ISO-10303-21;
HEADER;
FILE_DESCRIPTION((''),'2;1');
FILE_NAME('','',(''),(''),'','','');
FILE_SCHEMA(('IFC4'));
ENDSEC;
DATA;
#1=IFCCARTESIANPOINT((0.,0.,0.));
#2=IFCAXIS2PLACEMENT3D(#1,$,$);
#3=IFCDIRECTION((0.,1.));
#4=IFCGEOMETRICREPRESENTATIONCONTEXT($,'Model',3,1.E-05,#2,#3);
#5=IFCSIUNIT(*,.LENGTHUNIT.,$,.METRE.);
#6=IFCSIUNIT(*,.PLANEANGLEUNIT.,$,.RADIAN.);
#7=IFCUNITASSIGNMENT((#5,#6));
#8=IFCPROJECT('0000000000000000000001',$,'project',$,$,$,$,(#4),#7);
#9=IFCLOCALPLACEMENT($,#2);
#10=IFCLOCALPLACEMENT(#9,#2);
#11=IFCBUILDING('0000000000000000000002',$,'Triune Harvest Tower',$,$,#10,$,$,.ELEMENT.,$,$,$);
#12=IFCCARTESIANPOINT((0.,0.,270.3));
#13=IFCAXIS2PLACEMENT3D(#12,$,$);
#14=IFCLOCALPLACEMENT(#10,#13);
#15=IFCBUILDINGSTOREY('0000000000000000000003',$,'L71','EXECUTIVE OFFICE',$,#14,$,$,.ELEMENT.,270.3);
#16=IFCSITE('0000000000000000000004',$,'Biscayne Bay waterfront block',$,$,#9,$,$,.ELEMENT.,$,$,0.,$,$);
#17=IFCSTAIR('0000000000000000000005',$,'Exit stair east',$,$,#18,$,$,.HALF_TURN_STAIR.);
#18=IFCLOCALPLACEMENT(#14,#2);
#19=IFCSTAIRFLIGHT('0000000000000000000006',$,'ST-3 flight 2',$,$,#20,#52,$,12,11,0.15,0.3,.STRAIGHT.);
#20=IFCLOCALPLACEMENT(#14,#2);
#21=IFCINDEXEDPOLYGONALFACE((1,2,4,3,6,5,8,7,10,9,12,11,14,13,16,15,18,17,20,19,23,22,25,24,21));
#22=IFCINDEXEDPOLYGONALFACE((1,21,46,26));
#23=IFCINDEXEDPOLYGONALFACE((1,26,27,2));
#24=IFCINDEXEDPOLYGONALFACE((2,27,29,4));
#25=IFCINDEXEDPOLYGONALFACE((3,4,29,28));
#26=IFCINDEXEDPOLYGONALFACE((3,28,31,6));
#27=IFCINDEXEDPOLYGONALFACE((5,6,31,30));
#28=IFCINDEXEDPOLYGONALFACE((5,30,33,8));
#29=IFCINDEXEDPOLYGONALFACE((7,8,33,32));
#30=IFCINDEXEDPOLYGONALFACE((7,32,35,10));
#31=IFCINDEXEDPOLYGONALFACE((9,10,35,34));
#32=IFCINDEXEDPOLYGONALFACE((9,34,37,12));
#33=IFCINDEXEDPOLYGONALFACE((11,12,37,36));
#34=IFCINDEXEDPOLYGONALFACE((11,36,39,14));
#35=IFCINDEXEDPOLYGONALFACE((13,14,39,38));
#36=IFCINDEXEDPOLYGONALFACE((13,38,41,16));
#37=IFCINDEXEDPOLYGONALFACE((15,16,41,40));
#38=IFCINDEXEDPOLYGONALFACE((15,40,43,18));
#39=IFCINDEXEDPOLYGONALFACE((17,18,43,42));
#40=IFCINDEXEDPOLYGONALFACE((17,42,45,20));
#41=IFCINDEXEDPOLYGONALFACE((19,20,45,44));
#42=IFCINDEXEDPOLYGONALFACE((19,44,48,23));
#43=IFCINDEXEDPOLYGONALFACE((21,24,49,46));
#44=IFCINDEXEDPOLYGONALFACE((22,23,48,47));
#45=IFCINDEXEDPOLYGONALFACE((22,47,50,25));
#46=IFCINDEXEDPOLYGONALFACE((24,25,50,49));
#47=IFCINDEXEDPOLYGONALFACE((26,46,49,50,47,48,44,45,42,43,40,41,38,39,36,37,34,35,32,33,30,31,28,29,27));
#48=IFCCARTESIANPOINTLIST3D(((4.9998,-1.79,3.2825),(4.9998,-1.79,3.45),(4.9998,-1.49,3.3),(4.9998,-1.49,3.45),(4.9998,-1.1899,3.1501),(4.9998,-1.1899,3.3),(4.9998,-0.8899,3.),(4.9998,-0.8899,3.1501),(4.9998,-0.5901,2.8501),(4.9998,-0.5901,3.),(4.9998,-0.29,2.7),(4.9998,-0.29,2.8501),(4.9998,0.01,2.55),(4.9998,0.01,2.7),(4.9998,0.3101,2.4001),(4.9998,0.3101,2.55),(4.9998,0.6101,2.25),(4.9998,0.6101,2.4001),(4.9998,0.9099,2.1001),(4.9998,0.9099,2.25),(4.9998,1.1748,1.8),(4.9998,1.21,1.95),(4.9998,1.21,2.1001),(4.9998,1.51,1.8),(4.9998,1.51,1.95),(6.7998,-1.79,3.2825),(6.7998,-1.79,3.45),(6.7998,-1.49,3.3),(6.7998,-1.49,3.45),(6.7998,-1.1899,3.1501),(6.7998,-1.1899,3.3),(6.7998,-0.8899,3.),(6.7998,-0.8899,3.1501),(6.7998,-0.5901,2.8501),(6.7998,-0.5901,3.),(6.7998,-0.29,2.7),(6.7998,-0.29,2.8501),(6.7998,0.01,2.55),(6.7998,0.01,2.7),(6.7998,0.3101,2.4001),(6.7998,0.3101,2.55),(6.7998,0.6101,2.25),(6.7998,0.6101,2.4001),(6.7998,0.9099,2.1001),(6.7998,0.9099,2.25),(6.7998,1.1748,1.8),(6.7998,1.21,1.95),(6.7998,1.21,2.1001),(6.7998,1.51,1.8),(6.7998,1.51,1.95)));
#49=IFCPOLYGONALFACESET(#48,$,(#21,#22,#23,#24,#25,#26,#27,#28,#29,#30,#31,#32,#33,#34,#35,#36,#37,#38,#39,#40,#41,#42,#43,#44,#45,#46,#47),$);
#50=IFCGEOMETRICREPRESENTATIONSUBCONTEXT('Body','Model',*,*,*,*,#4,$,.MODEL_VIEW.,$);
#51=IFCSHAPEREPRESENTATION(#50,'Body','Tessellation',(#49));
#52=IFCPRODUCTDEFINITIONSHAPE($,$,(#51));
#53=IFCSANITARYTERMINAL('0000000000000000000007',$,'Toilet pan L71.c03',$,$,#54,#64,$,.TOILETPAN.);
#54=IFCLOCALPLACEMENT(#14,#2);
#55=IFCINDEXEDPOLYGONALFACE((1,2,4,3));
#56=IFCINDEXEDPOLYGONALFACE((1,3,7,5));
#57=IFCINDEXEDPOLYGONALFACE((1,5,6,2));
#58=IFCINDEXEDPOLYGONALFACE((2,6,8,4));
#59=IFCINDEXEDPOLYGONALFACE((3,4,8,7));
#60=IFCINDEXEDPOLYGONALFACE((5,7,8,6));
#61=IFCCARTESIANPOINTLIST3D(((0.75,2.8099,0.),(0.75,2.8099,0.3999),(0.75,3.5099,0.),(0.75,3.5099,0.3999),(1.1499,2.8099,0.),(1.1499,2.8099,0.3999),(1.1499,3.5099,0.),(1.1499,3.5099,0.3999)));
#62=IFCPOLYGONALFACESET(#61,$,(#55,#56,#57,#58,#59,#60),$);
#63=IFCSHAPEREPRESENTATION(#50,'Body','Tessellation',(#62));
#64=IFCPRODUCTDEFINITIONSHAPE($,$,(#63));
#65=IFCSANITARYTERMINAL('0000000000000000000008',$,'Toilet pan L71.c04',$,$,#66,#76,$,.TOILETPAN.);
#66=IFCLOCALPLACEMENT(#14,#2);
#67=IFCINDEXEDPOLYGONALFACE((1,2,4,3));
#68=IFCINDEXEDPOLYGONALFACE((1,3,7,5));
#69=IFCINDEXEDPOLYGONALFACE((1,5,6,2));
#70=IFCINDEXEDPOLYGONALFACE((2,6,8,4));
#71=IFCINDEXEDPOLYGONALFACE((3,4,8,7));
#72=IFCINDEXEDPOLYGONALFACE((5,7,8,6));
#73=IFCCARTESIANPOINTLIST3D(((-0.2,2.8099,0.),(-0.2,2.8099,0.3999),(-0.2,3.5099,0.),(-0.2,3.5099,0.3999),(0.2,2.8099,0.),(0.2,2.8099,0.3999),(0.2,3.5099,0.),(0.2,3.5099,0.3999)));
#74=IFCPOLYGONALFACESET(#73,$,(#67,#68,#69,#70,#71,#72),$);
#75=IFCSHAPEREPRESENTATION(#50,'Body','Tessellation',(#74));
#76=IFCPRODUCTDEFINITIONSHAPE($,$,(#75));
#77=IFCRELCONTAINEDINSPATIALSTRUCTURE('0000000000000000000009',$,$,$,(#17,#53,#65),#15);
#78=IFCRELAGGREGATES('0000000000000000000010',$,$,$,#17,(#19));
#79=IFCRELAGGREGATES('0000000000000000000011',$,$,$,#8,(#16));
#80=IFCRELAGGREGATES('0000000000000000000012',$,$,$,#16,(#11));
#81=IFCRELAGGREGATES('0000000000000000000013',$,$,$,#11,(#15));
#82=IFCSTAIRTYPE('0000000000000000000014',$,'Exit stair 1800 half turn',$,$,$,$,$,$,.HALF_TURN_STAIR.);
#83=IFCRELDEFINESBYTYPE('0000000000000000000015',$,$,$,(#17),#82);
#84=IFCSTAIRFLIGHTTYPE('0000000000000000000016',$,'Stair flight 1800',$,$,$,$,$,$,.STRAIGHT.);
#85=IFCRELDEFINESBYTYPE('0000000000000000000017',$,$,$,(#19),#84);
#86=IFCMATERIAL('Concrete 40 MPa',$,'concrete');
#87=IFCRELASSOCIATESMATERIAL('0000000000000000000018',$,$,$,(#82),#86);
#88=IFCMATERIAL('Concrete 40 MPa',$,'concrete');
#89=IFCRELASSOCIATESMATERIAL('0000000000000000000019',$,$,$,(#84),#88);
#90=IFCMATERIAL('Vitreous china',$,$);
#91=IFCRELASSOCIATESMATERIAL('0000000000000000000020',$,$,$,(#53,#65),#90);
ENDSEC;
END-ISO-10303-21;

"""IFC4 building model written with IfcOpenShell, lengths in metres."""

from ifc_helpers import new_model, si_unit, direction, frame, origin, origin_2d, place, context, subcontext, project, spatial, polyline, rectangle, outline, extrude, source, transform, mapped, material, type_object, element, aggregate, save


model = new_model("IFC4")

# Units and contexts
model_context = context("Model", 3, precision=1e-05, world=origin(), true_north=direction((0.0, 1.0)))
body_context = subcontext(model_context, "Body", "Model", "MODEL_VIEW")
ifc_project = project(units=[si_unit("LENGTHUNIT", "METRE"), si_unit("PLANEANGLEUNIT", "RADIAN")], contexts=[model_context])

# Site, building, storey
site_placement = place(None, origin())
site = spatial("IfcSite", under=ifc_project, at=site_placement, Name="Biscayne Bay waterfront block", CompositionType="ELEMENT", RefElevation=0.0)
building_placement = place(site_placement, origin())
building = spatial("IfcBuilding", under=site, at=building_placement, Name="Triune Harvest Tower", CompositionType="ELEMENT")
storey_placement = place(building_placement, frame((0.0, 0.0, 270.3)))
storey = spatial("IfcBuildingStorey", under=building, at=storey_placement, Name="L71", Description="EXECUTIVE OFFICE", CompositionType="ELEMENT", Elevation=270.3)

# Stair
ifc_material_1 = material(Name="Concrete 40 MPa", Category="concrete")
stair_type = type_object("IfcStairType", Name="Exit stair 1800 half turn", PredefinedType="HALF_TURN_STAIR", material=ifc_material_1)
stair_1_placement = place(storey_placement, origin())
stair_1 = element("IfcStair", 1, at=stair_1_placement, inside=storey, type_object=stair_type, Name="Exit stair east", PredefinedType="HALF_TURN_STAIR")

# Stair flight
ifc_material_2 = material(Name="Concrete 40 MPa", Category="concrete")
stair_flight_type = type_object("IfcStairFlightType", Name="Stair flight 1800", PredefinedType="STRAIGHT", material=ifc_material_2)
shared_shape_1 = source(origin(), body_context, "Body", "SweptSolid", [
    extrude(outline(polyline([(0.0, 0.0), (0.0, 0.1499), (0.3, 0.1499), (0.3, 0.3), (0.6001, 0.3), (0.6001, 0.45), (0.8999, 0.45), (0.8999, 0.6001), (1.2, 0.6001), (1.2, 0.75), (1.5, 0.75), (1.5, 0.8999), (1.8, 0.8999), (1.8, 1.05), (2.1001, 1.05), (2.1001, 1.2), (2.3999, 1.2), (2.3999, 1.3501), (2.7, 1.3501), (2.7, 1.5), (3.0, 1.5), (3.0, 1.6499), (3.3, 1.6499), (3.3, 1.8), (3.3, 1.4824), (0.3352, 0.0), (0.0, 0.0)])), frame((0.0, 0.8999, 0.0), z_axis=(0.0, -1.0, 0.0), x_axis=(1.0, 0.0, 0.0)), (0.0, 0.0, 1.0), 1.8),
])
stair_flight_placement = place(storey_placement, frame((5.8999, 1.51, 1.8), z_axis=(0.0, 0.0, 1.0), x_axis=(0.0, -1.0, 0.0)))
stair_flight = element("IfcStairFlight", 2, at=stair_flight_placement, type_object=stair_flight_type, Name="ST-3 flight 2", NumberOfRisers=12, NumberOfTreads=11, PredefinedType="STRAIGHT", RiserHeight=0.15, TreadLength=0.3, context=body_context, shape_type="MappedRepresentation", body=[
    mapped(shared_shape_1, transform((0.0, 0.0, 0.0), scale=1.0)),
])
aggregate(stair_1, [stair_flight])

# Sanitary terminals
ifc_material_3 = material(Name="Vitreous china")
shared_shape_2 = source(origin(), body_context, "Body", "SweptSolid", [
    extrude(rectangle(XDim=0.3999, YDim=0.7, at=origin_2d()), origin(), (0.0, 0.0, 1.0), 0.3999),
])
for number, where, z_axis, x_axis, name in (
    (3, (0.95, 3.1599, 0.0), (0.0, 0.0, 1.0), (-1.0, 0.0, 0.0), "Toilet pan L71.c03"),
    (4, (0.0, 3.1599, 0.0), (0.0, 0.0, 1.0), (-1.0, 0.0, 0.0), "Toilet pan L71.c04"),
):
    element("IfcSanitaryTerminal", number, at=place(storey_placement, frame(where, z_axis=z_axis, x_axis=x_axis)), inside=storey, material=ifc_material_3, Name=name, PredefinedType="TOILETPAN", context=body_context, shape_type="MappedRepresentation", body=[
        mapped(shared_shape_2, transform((0.0, 0.0, 0.0), scale=1.0)),
    ])

save(model, "model.ifc")
